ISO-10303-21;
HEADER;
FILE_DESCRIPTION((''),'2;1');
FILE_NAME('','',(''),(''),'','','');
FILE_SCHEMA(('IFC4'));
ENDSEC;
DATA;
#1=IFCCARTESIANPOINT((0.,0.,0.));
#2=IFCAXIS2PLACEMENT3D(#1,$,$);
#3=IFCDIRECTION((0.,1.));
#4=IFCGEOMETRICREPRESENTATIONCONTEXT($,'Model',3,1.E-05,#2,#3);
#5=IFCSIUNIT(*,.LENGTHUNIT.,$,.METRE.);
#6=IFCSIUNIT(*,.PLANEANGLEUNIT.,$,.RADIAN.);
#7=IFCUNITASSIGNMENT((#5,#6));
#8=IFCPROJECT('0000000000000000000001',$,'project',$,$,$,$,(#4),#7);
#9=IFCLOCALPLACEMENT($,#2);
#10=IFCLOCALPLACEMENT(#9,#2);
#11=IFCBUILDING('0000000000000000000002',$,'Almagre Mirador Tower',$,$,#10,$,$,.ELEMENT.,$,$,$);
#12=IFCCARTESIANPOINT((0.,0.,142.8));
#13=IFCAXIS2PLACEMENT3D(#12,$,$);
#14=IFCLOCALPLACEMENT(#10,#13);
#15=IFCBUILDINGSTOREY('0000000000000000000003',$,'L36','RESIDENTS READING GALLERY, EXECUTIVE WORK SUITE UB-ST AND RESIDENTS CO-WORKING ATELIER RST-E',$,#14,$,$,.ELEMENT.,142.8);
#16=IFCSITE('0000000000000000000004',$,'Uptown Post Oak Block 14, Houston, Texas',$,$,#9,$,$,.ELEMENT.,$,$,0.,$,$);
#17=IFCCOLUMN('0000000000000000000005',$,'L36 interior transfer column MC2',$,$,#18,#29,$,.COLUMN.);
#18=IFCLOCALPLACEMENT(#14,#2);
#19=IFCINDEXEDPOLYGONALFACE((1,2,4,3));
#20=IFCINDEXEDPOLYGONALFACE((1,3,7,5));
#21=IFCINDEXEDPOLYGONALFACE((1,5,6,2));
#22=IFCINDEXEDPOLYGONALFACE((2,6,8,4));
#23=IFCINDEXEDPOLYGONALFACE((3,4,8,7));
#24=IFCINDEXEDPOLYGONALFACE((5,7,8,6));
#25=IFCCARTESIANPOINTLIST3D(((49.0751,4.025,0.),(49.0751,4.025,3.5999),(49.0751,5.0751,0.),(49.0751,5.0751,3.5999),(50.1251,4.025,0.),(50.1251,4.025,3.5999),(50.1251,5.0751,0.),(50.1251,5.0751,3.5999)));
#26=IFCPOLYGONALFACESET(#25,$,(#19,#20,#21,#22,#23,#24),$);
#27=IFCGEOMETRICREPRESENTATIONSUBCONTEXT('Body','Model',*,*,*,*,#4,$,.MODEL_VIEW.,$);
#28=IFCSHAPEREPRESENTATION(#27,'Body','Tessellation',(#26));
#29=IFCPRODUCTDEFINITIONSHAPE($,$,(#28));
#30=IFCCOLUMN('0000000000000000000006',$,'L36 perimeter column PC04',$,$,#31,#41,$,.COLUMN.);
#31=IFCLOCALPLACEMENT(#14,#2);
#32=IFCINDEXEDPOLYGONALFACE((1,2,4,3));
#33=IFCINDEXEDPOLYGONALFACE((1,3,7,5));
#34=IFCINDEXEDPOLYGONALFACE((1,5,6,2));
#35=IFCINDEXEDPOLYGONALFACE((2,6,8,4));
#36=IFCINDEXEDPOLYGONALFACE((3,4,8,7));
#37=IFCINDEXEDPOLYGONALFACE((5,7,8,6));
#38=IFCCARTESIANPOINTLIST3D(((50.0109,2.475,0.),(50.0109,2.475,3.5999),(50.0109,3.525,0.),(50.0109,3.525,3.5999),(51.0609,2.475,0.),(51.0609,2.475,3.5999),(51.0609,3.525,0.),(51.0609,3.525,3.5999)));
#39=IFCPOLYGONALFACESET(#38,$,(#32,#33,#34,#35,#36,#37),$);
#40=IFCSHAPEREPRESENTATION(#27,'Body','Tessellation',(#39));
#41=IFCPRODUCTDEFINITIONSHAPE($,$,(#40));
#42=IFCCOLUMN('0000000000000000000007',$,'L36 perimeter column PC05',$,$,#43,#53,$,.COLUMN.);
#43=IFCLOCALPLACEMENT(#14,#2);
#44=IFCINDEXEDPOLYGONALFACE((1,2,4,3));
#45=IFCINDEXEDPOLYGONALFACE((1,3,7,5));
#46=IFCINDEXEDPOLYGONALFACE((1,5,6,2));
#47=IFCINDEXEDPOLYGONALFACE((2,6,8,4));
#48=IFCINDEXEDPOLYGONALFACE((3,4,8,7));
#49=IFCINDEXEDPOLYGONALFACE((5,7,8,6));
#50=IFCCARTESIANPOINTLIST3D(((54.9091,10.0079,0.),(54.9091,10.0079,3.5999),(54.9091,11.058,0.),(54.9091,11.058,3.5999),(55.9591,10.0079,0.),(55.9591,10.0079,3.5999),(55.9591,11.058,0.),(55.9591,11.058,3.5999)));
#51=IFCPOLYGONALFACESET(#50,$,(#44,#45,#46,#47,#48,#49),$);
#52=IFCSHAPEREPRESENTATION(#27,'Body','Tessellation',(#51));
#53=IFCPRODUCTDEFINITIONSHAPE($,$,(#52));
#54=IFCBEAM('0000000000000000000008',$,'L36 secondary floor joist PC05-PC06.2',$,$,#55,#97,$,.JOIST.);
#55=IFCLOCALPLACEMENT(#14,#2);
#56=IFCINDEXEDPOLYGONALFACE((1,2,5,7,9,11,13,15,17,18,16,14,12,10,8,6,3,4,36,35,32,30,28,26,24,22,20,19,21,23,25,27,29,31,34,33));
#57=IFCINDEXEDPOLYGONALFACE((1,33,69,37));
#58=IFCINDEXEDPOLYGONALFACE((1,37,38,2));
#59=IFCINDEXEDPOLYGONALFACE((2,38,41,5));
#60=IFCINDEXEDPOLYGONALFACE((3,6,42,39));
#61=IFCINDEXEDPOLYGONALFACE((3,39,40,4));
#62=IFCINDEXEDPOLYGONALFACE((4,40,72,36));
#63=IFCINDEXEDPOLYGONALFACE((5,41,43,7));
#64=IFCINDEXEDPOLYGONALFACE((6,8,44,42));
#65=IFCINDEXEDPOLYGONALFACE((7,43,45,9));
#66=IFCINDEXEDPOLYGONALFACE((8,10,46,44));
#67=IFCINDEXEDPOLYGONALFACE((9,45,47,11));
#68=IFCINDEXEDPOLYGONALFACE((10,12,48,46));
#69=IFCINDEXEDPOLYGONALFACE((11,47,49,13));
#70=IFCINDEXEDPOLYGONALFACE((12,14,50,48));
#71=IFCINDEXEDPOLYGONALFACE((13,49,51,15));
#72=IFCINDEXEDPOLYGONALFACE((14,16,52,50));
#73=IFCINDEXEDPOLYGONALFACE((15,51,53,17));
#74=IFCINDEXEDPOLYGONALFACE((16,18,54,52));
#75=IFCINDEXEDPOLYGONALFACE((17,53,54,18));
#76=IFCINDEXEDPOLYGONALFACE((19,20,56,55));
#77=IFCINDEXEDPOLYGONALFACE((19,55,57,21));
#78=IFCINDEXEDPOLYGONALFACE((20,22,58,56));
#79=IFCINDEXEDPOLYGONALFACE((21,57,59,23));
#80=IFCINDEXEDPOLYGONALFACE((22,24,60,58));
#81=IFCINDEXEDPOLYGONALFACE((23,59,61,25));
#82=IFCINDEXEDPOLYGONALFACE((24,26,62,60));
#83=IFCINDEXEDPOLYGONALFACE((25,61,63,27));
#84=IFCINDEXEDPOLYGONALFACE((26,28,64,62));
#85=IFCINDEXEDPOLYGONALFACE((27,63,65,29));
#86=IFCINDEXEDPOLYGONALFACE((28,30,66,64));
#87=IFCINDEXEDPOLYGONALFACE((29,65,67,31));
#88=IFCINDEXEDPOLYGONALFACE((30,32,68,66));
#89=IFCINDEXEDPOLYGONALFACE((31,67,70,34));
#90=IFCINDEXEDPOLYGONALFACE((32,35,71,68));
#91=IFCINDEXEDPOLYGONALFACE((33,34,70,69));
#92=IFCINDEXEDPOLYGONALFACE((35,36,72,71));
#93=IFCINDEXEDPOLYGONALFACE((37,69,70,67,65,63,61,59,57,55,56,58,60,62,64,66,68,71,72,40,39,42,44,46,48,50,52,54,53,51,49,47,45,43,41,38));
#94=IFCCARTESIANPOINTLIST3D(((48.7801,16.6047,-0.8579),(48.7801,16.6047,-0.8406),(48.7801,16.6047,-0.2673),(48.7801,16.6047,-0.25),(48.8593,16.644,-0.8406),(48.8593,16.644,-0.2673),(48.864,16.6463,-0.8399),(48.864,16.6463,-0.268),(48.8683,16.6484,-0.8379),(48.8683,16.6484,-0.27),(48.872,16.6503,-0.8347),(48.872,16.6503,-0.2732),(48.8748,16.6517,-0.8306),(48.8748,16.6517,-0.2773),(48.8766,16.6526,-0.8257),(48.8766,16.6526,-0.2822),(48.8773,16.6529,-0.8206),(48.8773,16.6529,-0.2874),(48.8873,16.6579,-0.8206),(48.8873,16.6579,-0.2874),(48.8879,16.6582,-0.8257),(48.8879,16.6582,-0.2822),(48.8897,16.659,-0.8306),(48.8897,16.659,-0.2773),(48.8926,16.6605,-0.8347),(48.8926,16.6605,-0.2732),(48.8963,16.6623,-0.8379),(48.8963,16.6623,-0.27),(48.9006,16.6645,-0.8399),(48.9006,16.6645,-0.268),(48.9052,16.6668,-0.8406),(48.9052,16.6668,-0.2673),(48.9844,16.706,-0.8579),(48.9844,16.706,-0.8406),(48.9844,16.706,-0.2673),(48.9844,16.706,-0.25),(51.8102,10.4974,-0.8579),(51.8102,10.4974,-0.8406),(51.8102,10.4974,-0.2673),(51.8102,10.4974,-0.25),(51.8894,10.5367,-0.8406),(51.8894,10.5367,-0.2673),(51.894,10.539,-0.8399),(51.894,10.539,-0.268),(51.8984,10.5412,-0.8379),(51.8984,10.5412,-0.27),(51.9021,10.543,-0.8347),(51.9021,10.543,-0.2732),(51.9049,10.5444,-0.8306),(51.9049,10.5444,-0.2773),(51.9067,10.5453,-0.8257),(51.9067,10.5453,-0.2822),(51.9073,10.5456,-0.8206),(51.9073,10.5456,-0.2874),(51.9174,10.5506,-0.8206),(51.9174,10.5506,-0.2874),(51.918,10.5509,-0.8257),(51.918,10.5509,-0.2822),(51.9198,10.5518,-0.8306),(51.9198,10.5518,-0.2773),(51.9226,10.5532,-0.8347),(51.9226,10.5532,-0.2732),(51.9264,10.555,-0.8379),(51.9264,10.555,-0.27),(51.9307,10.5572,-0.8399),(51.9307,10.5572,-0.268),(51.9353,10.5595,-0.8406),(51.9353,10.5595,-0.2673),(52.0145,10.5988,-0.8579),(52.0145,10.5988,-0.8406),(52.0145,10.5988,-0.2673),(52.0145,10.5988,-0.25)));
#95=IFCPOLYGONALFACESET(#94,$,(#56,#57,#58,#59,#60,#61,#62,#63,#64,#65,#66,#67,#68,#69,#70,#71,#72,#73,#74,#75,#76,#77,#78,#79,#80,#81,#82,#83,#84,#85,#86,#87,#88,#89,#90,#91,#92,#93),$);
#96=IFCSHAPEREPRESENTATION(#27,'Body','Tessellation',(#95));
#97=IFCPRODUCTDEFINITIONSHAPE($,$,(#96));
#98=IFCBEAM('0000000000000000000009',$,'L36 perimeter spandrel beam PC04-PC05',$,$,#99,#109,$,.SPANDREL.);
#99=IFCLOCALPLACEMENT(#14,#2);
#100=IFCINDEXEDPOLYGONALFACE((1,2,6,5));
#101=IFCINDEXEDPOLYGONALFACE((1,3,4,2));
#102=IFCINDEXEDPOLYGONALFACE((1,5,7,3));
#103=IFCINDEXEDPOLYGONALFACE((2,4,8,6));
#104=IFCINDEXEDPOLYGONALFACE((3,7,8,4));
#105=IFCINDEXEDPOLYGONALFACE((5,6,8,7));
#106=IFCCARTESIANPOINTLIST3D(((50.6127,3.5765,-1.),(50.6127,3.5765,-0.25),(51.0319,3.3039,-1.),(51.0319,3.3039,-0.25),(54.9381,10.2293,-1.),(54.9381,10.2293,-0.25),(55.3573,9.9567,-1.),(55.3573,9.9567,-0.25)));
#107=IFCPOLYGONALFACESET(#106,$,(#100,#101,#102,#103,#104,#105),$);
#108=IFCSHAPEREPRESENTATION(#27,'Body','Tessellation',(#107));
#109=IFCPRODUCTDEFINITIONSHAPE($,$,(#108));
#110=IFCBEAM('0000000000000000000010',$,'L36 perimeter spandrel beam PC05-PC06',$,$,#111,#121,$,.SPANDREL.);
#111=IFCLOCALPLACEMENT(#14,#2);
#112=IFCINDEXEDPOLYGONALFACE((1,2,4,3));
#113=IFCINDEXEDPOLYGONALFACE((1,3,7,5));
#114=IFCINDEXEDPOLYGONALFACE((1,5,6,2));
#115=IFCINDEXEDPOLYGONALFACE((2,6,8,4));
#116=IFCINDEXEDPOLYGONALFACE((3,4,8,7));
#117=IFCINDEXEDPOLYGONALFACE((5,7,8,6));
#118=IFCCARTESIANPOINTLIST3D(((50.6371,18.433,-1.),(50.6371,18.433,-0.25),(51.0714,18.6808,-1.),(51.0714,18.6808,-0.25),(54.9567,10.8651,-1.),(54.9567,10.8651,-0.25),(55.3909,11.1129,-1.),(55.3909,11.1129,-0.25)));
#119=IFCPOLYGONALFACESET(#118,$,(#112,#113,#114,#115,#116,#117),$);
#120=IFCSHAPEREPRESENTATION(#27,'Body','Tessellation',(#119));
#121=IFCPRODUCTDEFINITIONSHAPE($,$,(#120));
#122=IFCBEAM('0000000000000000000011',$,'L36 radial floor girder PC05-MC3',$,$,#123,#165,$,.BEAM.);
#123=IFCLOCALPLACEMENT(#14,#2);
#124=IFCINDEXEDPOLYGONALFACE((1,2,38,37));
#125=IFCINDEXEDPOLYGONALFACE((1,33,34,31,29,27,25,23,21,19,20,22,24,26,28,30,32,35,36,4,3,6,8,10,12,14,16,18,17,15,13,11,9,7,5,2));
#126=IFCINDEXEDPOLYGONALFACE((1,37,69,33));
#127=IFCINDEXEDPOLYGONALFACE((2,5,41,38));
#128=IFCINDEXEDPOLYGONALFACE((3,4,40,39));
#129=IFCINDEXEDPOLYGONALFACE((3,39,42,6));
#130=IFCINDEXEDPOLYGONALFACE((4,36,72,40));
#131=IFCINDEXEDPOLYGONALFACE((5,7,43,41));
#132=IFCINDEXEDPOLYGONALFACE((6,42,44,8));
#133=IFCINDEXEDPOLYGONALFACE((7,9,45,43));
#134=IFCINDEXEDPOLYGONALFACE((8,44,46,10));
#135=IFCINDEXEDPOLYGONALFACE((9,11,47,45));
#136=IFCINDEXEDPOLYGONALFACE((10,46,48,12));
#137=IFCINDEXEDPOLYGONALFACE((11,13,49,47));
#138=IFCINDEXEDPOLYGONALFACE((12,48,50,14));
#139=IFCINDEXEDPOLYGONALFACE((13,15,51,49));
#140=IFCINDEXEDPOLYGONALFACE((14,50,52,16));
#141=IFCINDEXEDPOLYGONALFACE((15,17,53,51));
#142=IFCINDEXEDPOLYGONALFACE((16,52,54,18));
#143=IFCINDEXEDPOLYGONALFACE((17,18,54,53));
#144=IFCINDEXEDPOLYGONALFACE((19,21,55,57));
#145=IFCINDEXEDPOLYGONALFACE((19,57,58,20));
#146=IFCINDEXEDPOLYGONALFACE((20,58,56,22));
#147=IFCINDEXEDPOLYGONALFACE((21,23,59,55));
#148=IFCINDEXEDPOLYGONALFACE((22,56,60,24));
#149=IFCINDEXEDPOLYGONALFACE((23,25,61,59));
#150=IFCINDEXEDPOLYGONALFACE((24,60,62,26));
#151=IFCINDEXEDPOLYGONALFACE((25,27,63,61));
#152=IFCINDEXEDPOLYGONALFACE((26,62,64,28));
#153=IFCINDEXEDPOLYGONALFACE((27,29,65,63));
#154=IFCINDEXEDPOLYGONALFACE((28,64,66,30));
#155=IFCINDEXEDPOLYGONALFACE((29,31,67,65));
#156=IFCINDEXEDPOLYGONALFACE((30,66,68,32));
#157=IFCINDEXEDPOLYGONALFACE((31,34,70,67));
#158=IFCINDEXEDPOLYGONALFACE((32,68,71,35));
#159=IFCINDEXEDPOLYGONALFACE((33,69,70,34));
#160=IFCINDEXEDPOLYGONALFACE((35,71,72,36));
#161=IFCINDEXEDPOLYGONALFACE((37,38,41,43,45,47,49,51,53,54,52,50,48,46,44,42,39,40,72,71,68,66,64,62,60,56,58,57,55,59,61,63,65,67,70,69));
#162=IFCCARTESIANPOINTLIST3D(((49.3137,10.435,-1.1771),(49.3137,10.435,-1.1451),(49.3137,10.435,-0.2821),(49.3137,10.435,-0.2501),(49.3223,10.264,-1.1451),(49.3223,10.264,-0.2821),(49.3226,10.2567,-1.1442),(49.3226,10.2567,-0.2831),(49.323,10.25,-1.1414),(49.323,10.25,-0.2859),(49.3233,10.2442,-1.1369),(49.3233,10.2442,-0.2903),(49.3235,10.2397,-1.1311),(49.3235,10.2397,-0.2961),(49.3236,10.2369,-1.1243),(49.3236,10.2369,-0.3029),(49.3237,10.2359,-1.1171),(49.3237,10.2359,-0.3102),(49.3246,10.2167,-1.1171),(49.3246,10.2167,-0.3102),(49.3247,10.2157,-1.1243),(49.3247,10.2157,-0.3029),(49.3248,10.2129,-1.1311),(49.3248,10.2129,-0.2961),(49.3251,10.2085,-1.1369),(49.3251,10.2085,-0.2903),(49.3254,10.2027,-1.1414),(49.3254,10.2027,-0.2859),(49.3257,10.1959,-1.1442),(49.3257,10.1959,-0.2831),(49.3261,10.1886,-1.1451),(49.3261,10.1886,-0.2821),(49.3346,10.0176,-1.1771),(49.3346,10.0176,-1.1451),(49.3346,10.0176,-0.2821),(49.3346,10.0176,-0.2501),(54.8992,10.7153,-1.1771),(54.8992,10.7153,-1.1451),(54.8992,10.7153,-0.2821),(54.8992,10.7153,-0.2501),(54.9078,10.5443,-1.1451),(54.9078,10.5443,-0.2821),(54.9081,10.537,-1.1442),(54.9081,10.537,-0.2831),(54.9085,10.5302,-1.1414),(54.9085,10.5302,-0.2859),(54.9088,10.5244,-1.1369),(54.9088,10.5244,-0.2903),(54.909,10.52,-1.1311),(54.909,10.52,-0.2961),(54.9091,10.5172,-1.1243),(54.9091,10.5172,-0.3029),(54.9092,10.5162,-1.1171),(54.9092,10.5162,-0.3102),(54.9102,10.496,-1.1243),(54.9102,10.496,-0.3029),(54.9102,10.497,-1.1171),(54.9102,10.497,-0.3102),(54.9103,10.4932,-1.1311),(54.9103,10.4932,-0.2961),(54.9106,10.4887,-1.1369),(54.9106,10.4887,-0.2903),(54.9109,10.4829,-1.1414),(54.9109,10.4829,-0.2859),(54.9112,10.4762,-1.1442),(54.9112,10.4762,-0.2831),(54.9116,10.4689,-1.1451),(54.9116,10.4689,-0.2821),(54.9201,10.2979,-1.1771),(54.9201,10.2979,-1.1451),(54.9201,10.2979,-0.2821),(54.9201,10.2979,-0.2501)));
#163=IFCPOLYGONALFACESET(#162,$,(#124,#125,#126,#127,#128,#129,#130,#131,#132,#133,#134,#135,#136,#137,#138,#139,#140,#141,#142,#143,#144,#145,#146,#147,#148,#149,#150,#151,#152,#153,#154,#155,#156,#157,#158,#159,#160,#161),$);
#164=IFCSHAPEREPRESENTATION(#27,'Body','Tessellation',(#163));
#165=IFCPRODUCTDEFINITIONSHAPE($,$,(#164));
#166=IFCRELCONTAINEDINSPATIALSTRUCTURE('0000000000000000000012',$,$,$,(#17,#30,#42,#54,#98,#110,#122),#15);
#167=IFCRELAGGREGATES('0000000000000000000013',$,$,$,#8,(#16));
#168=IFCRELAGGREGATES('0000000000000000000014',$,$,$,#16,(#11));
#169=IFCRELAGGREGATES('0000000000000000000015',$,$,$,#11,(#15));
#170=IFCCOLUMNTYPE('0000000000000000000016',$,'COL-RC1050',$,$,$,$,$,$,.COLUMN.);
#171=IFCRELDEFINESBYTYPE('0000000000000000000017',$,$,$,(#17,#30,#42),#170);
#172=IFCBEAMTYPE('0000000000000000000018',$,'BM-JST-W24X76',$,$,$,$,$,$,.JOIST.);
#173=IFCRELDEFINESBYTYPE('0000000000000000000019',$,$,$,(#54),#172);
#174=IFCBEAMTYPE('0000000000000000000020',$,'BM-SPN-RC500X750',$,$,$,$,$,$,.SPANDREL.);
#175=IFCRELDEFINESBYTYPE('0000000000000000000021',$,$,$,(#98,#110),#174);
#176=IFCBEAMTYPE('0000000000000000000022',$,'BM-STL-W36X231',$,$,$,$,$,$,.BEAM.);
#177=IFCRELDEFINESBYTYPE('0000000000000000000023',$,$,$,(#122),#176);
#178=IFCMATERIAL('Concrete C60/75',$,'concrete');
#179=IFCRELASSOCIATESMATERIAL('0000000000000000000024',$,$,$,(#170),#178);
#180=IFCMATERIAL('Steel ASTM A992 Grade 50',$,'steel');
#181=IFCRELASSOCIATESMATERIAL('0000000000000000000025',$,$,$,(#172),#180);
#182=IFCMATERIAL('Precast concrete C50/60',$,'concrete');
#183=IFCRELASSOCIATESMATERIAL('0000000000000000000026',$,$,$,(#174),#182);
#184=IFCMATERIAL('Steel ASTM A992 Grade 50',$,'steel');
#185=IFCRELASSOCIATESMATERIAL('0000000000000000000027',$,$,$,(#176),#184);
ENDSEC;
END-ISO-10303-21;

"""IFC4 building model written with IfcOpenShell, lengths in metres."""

from ifc_helpers import new_model, si_unit, direction, frame, origin, origin_2d, place, context, subcontext, project, spatial, rectangle, i_section, extrude, material, material_profile, profile_set, type_object, element, save


model = new_model("IFC4")

# Units and contexts
model_context = context("Model", 3, precision=1e-05, world=origin(), true_north=direction((0.0, 1.0)))
body_context = subcontext(model_context, "Body", "Model", "MODEL_VIEW")
ifc_project = project(units=[si_unit("LENGTHUNIT", "METRE"), si_unit("PLANEANGLEUNIT", "RADIAN")], contexts=[model_context])

# Site, building, storey
site_placement = place(None, origin())
site = spatial("IfcSite", under=ifc_project, at=site_placement, Name="Uptown Post Oak Block 14, Houston, Texas", CompositionType="ELEMENT", RefElevation=0.0)
building_placement = place(site_placement, origin())
building = spatial("IfcBuilding", under=site, at=building_placement, Name="Almagre Mirador Tower", CompositionType="ELEMENT")
storey_placement = place(building_placement, frame((0.0, 0.0, 142.8)))
storey = spatial("IfcBuildingStorey", under=building, at=storey_placement, Name="L36", Description="RESIDENTS READING GALLERY, EXECUTIVE WORK SUITE UB-ST AND RESIDENTS CO-WORKING ATELIER RST-E", CompositionType="ELEMENT", Elevation=142.8)

# Columns
ifc_material_1 = material(Name="Concrete C60/75", Category="concrete")
ifc_material_profile_1 = material_profile(ifc_material_1, rectangle(XDim=1.05, YDim=1.05, at=origin_2d()), Name="RC1050X1050")
ifc_profile_set_1 = profile_set([ifc_material_profile_1], Name="Concrete C60/75")
column_type = type_object("IfcColumnType", Name="COL-RC1050", PredefinedType="COLUMN", material=ifc_profile_set_1)
for number, where, z_axis, x_axis, name in (
    (1, (49.6001, 4.55, 0.0), (0.0, 0.0, 1.0), (1.0, 0.0, 0.0), "L36 interior transfer column MC2"),
    (2, (50.5359, 3.0, 0.0), (0.0, 0.0, 1.0), (1.0, 0.0, 0.0), "L36 perimeter column PC04"),
    (3, (55.4341, 10.533, 0.0), (0.0, 0.0, 1.0), (1.0, 0.0, 0.0), "L36 perimeter column PC05"),
):
    element("IfcColumn", number, at=place(storey_placement, frame(where, z_axis=z_axis, x_axis=x_axis)), inside=storey, type_object=column_type, Name=name, PredefinedType="COLUMN", context=body_context, shape_type="SweptSolid", body=[
        extrude(rectangle(XDim=1.05, YDim=1.05, at=origin_2d()), origin(), (0.0, 0.0, 1.0), 3.5999),
    ])

# Beams
ifc_material_2 = material(Name="Steel ASTM A992 Grade 50", Category="steel")
ifc_material_profile_2 = material_profile(ifc_material_2, i_section(OverallWidth=0.228, OverallDepth=0.6079, WebThickness=0.0112, FlangeThickness=0.0173, FilletRadius=0.02, at=origin_2d()), Name="W24X76")
ifc_profile_set_2 = profile_set([ifc_material_profile_2], Name="Steel ASTM A992 Grade 50")
beam_type_1 = type_object("IfcBeamType", Name="BM-JST-W24X76", PredefinedType="JOIST", material=ifc_profile_set_2)
beam_1_placement = place(storey_placement, frame((51.9124, 10.5481, -0.554), z_axis=(-0.444447, 0.895805, 0.0), x_axis=(-0.895805, -0.444447, 0.0)))
element("IfcBeam", 4, at=beam_1_placement, inside=storey, type_object=beam_type_1, Name="L36 secondary floor joist PC05-PC06.2", PredefinedType="JOIST", context=body_context, shape_type="SweptSolid", body=[
    extrude(i_section(OverallWidth=0.228, OverallDepth=0.6079, WebThickness=0.0112, FlangeThickness=0.0173, FilletRadius=0.02, at=origin_2d()), origin(), (0.0, 0.0, 1.0), 6.8176),
])
ifc_material_3 = material(Name="Precast concrete C50/60", Category="concrete")
ifc_material_profile_3 = material_profile(ifc_material_3, rectangle(XDim=0.5, YDim=0.75, at=origin_2d()), Name="RC500X750")
ifc_profile_set_3 = profile_set([ifc_material_profile_3], Name="Precast concrete C50/60")
beam_type_2 = type_object("IfcBeamType", Name="BM-SPN-RC500X750", PredefinedType="SPANDREL", material=ifc_profile_set_3)
beam_2_placement = place(storey_placement, frame((50.8223, 3.4402, -0.625), z_axis=(0.545086, 0.83838, 0.0), x_axis=(-0.83838, 0.545086, 0.0)))
element("IfcBeam", 5, at=beam_2_placement, inside=storey, type_object=beam_type_2, Name="L36 perimeter spandrel beam PC04-PC05", PredefinedType="SPANDREL", context=body_context, shape_type="SweptSolid", body=[
    extrude(rectangle(XDim=0.5, YDim=0.75, at=origin_2d()), origin(), (0.0, 0.0, 1.0), 7.9353),
])
beam_3_placement = place(storey_placement, frame((55.1738, 10.989, -0.625), z_axis=(-0.495713, 0.868486, 0.0), x_axis=(-0.868486, -0.495713, 0.0)))
element("IfcBeam", 6, at=beam_3_placement, inside=storey, type_object=beam_type_2, Name="L36 perimeter spandrel beam PC05-PC06", PredefinedType="SPANDREL", context=body_context, shape_type="SweptSolid", body=[
    extrude(rectangle(XDim=0.5, YDim=0.75, at=origin_2d()), origin(), (0.0, 0.0, 1.0), 8.7139),
])
ifc_material_4 = material(Name="Steel ASTM A992 Grade 50", Category="steel")
ifc_material_profile_4 = material_profile(ifc_material_4, i_section(OverallWidth=0.418, OverallDepth=0.927, WebThickness=0.0193, FlangeThickness=0.032, FilletRadius=0.0281, at=origin_2d()), Name="W36X231")
ifc_profile_set_4 = profile_set([ifc_material_profile_4], Name="Steel ASTM A992 Grade 50")
beam_type_3 = type_object("IfcBeamType", Name="BM-STL-W36X231", PredefinedType="BEAM", material=ifc_profile_set_4)
beam_4_placement = place(storey_placement, frame((54.9097, 10.5066, -0.7136), z_axis=(-0.998743, -0.050116, 0.0), x_axis=(0.050116, -0.998743, 0.0)))
element("IfcBeam", 7, at=beam_4_placement, inside=storey, type_object=beam_type_3, Name="L36 radial floor girder PC05-MC3", PredefinedType="BEAM", context=body_context, shape_type="SweptSolid", body=[
    extrude(i_section(OverallWidth=0.418, OverallDepth=0.927, WebThickness=0.0193, FlangeThickness=0.032, FilletRadius=0.0281, at=origin_2d()), origin(), (0.0, 0.0, 1.0), 5.5925),
])

save(model, "model.ifc")
